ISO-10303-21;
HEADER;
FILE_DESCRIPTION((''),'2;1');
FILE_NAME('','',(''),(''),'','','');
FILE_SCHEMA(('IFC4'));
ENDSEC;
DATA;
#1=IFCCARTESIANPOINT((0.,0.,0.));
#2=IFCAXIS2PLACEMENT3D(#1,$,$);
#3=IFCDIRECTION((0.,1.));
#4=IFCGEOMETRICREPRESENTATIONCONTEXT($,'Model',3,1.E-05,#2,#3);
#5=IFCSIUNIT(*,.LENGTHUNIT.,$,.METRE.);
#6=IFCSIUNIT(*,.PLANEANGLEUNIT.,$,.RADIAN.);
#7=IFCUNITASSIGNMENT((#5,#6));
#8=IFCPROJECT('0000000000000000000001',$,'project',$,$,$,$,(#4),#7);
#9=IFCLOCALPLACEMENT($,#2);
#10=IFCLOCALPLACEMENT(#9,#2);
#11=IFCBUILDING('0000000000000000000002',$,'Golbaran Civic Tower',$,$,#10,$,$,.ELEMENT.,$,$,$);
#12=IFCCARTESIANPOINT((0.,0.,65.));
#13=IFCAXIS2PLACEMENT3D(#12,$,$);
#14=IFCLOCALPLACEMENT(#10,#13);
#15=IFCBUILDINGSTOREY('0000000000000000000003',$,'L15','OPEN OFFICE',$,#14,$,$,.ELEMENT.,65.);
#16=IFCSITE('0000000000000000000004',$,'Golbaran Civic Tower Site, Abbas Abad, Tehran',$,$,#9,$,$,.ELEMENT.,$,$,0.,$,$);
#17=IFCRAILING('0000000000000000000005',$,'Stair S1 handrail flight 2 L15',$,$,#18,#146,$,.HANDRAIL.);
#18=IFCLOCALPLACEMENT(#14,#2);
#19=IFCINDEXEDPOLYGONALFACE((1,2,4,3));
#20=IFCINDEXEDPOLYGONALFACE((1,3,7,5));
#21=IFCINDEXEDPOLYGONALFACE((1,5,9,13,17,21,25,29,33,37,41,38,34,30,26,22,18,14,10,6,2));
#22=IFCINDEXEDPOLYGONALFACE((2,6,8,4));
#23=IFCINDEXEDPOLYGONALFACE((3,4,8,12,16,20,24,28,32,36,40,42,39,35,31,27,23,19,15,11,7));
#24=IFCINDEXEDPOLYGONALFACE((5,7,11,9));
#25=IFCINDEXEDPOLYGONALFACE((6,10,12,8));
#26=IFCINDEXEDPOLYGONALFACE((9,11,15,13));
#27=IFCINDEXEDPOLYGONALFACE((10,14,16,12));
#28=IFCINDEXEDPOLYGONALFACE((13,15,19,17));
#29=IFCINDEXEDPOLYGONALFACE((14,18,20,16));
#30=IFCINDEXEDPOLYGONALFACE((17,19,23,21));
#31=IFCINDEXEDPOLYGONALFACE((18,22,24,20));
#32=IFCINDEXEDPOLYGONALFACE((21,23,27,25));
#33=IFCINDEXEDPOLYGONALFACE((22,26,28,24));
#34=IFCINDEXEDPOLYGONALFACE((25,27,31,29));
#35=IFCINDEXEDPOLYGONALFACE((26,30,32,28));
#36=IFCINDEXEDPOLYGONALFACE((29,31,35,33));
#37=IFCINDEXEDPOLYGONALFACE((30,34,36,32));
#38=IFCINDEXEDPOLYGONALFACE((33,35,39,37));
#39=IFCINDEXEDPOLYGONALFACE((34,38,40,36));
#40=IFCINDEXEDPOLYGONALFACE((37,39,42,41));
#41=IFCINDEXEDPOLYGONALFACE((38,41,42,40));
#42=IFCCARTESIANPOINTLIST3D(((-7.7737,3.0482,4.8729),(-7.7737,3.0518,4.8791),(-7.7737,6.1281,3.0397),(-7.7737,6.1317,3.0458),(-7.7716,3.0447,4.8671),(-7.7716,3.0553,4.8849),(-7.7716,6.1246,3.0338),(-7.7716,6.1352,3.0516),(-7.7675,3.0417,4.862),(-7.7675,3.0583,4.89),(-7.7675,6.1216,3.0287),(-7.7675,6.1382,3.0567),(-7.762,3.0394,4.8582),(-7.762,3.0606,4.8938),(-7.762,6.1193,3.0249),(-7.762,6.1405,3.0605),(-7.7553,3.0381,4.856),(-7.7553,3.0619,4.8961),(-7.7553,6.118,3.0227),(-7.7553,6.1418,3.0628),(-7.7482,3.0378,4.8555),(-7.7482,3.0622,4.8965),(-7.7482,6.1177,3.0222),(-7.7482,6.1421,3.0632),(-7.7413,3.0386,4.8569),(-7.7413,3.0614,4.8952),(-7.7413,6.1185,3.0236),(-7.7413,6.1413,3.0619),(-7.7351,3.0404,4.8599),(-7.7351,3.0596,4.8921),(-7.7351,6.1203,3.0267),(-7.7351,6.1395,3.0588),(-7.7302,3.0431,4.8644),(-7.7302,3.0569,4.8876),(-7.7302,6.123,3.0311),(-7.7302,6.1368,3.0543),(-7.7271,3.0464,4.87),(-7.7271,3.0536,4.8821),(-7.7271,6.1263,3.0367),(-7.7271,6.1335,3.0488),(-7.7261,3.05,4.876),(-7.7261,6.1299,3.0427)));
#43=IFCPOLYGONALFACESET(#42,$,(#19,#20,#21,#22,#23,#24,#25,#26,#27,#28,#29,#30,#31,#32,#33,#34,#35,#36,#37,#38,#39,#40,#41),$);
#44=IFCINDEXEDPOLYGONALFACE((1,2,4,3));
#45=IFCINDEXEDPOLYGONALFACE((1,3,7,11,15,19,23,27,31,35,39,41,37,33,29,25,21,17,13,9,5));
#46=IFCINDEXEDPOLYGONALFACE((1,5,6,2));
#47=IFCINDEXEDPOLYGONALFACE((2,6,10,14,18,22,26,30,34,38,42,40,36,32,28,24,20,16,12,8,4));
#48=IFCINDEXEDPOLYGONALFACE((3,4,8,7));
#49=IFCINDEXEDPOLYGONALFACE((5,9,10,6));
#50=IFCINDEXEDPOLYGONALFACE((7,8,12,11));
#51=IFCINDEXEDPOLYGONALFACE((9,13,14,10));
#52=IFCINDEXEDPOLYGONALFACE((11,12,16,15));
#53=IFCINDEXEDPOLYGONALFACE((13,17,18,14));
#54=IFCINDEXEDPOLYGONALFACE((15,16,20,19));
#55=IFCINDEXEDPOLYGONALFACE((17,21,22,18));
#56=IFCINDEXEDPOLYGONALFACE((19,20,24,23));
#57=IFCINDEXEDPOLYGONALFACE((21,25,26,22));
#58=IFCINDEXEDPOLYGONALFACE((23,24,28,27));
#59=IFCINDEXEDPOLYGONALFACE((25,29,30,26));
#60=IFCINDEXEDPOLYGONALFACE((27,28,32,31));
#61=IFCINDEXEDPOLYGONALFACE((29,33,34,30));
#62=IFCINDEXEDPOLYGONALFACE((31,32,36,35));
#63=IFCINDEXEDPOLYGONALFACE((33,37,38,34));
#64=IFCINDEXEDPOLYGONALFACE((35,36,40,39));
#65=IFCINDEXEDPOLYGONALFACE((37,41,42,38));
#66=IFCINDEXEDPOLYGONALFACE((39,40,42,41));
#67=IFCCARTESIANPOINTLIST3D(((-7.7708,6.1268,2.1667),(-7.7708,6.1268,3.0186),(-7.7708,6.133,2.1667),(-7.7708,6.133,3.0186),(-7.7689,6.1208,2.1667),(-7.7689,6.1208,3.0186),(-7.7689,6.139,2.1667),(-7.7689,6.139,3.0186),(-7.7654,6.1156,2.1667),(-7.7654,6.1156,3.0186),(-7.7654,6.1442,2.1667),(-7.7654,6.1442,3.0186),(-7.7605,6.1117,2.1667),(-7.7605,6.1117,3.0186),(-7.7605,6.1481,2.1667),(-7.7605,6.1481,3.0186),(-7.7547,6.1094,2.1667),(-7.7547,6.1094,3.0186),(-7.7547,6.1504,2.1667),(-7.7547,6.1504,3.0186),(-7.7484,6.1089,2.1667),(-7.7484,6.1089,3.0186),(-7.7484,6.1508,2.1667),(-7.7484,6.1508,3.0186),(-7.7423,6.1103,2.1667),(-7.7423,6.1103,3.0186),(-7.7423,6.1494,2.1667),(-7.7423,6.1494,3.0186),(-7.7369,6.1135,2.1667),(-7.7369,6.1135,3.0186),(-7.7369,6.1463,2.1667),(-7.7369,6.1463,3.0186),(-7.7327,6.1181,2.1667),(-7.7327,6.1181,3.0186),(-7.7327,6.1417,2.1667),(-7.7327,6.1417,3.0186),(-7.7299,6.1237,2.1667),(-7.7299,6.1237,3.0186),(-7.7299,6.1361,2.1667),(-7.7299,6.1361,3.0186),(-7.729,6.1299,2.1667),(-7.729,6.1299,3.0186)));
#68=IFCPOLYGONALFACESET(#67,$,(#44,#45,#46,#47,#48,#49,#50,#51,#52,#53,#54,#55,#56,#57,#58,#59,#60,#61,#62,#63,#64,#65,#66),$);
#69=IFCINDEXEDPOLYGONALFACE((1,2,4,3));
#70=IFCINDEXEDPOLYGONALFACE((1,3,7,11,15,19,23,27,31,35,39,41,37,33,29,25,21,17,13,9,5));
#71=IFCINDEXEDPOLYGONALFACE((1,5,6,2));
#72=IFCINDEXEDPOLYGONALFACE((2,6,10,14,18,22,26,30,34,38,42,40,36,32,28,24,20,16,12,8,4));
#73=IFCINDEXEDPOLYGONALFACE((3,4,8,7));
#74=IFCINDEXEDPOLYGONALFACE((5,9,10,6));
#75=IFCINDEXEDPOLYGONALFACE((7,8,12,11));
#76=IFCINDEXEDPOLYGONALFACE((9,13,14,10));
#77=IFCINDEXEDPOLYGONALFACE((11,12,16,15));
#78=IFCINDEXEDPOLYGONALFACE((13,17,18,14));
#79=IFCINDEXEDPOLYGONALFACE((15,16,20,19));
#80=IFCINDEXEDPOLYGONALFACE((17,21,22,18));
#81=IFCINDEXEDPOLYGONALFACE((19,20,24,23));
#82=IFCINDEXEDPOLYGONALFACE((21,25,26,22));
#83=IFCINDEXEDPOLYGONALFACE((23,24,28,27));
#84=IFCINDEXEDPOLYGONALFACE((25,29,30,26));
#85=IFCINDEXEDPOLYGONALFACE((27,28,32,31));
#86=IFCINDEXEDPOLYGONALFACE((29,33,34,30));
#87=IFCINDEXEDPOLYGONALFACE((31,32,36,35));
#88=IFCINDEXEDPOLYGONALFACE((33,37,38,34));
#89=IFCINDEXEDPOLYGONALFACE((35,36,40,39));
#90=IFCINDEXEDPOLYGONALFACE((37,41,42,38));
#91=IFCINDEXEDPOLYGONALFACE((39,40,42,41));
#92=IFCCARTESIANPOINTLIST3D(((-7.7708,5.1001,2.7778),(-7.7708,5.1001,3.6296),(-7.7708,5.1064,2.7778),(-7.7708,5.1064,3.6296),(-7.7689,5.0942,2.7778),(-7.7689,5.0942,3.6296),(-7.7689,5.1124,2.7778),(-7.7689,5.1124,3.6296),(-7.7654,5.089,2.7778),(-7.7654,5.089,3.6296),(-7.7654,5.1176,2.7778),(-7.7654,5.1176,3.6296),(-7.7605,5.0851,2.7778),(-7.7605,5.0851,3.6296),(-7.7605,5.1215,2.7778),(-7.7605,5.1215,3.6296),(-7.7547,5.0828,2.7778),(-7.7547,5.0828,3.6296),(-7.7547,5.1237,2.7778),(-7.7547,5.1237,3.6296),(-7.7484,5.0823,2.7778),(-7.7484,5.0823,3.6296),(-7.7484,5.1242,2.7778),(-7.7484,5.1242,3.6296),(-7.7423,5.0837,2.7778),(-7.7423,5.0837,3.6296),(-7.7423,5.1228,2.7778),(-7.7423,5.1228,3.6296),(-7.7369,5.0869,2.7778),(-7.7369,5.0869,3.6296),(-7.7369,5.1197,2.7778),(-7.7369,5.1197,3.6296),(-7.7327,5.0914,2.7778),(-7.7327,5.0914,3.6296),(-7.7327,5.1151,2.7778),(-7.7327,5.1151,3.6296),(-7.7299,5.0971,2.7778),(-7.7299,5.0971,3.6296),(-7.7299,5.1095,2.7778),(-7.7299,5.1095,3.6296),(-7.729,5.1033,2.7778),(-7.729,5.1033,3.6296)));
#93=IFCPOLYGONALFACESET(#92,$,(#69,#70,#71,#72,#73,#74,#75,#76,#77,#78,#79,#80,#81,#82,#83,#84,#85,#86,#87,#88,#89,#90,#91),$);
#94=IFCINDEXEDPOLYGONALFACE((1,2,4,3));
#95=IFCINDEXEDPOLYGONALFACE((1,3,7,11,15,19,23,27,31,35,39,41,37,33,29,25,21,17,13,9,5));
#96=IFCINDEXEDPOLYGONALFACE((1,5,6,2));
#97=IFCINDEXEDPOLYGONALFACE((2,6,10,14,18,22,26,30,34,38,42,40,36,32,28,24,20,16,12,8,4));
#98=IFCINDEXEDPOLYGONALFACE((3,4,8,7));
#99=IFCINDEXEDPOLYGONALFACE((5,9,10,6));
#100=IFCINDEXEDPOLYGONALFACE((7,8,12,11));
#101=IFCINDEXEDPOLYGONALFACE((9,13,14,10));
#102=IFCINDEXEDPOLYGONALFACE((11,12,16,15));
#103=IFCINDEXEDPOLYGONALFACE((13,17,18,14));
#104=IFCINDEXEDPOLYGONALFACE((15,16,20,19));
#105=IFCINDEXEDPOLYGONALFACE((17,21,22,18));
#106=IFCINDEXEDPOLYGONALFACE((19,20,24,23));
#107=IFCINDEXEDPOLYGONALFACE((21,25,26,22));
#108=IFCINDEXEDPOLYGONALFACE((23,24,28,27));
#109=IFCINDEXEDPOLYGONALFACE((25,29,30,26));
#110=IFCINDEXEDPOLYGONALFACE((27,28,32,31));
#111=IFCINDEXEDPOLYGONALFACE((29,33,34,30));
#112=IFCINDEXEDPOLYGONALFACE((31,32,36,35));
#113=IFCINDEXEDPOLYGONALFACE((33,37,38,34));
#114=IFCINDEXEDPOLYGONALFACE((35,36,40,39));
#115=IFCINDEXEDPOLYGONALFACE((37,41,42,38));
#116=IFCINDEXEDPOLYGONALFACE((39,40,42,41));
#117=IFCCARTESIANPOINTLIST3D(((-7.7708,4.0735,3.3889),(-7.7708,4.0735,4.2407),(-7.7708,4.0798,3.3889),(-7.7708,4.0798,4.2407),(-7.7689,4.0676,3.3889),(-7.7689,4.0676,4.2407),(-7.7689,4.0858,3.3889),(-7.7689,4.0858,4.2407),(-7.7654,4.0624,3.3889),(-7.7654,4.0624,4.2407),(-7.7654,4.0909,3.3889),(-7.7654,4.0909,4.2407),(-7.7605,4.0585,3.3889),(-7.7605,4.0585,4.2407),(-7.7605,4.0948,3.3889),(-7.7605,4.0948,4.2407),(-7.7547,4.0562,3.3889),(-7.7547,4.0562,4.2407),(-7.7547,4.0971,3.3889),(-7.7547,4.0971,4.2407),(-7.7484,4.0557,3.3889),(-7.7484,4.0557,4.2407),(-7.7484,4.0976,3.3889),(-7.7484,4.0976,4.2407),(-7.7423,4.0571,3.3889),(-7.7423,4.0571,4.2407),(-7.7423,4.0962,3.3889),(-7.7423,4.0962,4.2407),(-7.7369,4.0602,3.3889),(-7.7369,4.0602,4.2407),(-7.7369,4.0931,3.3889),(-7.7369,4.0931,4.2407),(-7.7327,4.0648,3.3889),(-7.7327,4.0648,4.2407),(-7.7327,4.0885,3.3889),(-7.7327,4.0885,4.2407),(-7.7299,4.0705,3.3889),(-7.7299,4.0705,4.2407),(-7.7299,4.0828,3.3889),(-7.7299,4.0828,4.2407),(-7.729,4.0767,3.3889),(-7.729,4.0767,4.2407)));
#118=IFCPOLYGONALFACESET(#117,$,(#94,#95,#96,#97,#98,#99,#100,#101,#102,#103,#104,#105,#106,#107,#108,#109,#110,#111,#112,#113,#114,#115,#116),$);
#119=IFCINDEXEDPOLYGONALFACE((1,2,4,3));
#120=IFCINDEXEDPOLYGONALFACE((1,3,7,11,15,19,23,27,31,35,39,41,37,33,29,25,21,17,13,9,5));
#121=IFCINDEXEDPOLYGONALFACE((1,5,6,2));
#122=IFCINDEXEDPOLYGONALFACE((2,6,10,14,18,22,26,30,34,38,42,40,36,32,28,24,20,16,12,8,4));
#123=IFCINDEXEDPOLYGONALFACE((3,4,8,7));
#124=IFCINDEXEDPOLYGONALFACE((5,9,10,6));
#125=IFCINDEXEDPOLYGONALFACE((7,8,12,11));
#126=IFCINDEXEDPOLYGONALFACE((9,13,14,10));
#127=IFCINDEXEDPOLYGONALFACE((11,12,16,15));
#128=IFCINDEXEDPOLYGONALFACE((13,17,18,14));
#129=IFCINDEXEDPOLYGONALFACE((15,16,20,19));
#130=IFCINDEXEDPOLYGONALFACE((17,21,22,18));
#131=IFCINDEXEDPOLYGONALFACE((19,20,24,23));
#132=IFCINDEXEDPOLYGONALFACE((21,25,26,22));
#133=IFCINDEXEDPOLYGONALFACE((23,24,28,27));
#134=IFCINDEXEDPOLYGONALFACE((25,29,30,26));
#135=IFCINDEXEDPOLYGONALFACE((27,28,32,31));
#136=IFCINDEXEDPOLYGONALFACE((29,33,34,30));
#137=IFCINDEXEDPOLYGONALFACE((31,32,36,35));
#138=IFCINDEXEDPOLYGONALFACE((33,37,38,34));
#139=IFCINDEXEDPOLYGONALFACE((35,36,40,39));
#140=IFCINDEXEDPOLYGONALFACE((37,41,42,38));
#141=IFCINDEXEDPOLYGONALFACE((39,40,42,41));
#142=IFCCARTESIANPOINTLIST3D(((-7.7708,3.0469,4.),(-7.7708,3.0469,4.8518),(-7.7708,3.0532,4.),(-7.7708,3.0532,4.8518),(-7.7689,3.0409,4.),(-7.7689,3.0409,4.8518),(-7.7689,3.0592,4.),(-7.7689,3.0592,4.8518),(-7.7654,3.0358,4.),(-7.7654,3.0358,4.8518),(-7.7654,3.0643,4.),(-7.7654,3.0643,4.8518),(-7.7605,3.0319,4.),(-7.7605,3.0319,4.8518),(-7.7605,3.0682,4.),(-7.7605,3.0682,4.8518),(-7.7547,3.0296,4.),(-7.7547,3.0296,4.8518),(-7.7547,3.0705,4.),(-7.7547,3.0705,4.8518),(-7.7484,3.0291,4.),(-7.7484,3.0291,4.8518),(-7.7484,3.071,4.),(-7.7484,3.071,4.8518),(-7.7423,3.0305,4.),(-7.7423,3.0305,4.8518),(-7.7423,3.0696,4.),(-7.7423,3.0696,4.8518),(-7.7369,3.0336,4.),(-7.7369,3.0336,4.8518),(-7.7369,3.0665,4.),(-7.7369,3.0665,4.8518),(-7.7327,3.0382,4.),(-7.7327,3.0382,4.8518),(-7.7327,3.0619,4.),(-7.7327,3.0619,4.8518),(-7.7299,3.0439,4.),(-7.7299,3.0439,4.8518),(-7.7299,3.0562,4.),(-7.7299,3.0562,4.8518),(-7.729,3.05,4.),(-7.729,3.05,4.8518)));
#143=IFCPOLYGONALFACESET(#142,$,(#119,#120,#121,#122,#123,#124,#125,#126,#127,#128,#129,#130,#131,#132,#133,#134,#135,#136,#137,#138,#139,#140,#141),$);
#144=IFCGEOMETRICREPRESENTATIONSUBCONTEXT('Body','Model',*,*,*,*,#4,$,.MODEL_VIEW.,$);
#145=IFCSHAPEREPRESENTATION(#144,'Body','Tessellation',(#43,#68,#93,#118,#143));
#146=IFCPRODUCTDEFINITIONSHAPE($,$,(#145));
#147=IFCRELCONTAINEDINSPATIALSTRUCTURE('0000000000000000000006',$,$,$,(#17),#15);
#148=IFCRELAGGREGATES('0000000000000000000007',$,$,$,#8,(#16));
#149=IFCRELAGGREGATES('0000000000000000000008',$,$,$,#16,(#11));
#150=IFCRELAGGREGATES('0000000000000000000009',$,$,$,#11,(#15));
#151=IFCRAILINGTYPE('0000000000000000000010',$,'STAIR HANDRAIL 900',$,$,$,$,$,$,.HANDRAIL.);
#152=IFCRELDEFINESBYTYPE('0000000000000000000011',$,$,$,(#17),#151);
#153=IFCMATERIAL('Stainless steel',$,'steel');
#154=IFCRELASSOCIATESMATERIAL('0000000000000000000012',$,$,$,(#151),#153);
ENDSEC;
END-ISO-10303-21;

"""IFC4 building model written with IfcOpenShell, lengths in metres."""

from ifc_helpers import new_model, si_unit, direction, frame, origin, origin_2d, place, context, subcontext, project, spatial, circle, extrude, material, type_object, element, save


model = new_model("IFC4")

# Units and contexts
model_context = context("Model", 3, precision=1e-05, world=origin(), true_north=direction((0.0, 1.0)))
body_context = subcontext(model_context, "Body", "Model", "MODEL_VIEW")
ifc_project = project(units=[si_unit("LENGTHUNIT", "METRE"), si_unit("PLANEANGLEUNIT", "RADIAN")], contexts=[model_context])

# Site, building, storey
site_placement = place(None, origin())
site = spatial("IfcSite", under=ifc_project, at=site_placement, Name="Golbaran Civic Tower Site, Abbas Abad, Tehran", CompositionType="ELEMENT", RefElevation=0.0)
building_placement = place(site_placement, origin())
building = spatial("IfcBuilding", under=site, at=building_placement, Name="Golbaran Civic Tower", CompositionType="ELEMENT")
storey_placement = place(building_placement, frame((0.0, 0.0, 65.0)))
storey = spatial("IfcBuildingStorey", under=building, at=storey_placement, Name="L15", Description="OPEN OFFICE", CompositionType="ELEMENT", Elevation=65.0)

# Shared definitions
ifc_material_1 = material(Name="Stainless steel", Category="steel")

# Railing
railing_type = type_object("IfcRailingType", Name="STAIR HANDRAIL 900", PredefinedType="HANDRAIL", material=ifc_material_1)
railing_1_placement = place(storey_placement, frame((-7.75, 6.1299, 2.1667)))
element("IfcRailing", 1, at=railing_1_placement, inside=storey, type_object=railing_type, Name="Stair S1 handrail flight 2 L15", PredefinedType="HANDRAIL", context=body_context, shape_type="SweptSolid", body=[
    extrude(circle(Radius=0.0239, at=origin_2d()), frame((0.0, 0.0, 0.876), z_axis=(0.0, -0.859291, 0.511487), x_axis=(1.0, 0.0, 0.0)), (0.0, 0.0, 1.0), 3.5842),
    extrude(circle(Radius=0.021, at=origin_2d()), origin(), (0.0, 0.0, 1.0), 0.8518),
    extrude(circle(Radius=0.021, at=origin_2d()), frame((0.0, -1.0266, 0.6111)), (0.0, 0.0, 1.0), 0.8518),
    extrude(circle(Radius=0.021, at=origin_2d()), frame((0.0, -2.0532, 1.2222)), (0.0, 0.0, 1.0), 0.8518),
    extrude(circle(Radius=0.021, at=origin_2d()), frame((0.0, -3.0798, 1.8333)), (0.0, 0.0, 1.0), 0.8518),
])

save(model, "model.ifc")
